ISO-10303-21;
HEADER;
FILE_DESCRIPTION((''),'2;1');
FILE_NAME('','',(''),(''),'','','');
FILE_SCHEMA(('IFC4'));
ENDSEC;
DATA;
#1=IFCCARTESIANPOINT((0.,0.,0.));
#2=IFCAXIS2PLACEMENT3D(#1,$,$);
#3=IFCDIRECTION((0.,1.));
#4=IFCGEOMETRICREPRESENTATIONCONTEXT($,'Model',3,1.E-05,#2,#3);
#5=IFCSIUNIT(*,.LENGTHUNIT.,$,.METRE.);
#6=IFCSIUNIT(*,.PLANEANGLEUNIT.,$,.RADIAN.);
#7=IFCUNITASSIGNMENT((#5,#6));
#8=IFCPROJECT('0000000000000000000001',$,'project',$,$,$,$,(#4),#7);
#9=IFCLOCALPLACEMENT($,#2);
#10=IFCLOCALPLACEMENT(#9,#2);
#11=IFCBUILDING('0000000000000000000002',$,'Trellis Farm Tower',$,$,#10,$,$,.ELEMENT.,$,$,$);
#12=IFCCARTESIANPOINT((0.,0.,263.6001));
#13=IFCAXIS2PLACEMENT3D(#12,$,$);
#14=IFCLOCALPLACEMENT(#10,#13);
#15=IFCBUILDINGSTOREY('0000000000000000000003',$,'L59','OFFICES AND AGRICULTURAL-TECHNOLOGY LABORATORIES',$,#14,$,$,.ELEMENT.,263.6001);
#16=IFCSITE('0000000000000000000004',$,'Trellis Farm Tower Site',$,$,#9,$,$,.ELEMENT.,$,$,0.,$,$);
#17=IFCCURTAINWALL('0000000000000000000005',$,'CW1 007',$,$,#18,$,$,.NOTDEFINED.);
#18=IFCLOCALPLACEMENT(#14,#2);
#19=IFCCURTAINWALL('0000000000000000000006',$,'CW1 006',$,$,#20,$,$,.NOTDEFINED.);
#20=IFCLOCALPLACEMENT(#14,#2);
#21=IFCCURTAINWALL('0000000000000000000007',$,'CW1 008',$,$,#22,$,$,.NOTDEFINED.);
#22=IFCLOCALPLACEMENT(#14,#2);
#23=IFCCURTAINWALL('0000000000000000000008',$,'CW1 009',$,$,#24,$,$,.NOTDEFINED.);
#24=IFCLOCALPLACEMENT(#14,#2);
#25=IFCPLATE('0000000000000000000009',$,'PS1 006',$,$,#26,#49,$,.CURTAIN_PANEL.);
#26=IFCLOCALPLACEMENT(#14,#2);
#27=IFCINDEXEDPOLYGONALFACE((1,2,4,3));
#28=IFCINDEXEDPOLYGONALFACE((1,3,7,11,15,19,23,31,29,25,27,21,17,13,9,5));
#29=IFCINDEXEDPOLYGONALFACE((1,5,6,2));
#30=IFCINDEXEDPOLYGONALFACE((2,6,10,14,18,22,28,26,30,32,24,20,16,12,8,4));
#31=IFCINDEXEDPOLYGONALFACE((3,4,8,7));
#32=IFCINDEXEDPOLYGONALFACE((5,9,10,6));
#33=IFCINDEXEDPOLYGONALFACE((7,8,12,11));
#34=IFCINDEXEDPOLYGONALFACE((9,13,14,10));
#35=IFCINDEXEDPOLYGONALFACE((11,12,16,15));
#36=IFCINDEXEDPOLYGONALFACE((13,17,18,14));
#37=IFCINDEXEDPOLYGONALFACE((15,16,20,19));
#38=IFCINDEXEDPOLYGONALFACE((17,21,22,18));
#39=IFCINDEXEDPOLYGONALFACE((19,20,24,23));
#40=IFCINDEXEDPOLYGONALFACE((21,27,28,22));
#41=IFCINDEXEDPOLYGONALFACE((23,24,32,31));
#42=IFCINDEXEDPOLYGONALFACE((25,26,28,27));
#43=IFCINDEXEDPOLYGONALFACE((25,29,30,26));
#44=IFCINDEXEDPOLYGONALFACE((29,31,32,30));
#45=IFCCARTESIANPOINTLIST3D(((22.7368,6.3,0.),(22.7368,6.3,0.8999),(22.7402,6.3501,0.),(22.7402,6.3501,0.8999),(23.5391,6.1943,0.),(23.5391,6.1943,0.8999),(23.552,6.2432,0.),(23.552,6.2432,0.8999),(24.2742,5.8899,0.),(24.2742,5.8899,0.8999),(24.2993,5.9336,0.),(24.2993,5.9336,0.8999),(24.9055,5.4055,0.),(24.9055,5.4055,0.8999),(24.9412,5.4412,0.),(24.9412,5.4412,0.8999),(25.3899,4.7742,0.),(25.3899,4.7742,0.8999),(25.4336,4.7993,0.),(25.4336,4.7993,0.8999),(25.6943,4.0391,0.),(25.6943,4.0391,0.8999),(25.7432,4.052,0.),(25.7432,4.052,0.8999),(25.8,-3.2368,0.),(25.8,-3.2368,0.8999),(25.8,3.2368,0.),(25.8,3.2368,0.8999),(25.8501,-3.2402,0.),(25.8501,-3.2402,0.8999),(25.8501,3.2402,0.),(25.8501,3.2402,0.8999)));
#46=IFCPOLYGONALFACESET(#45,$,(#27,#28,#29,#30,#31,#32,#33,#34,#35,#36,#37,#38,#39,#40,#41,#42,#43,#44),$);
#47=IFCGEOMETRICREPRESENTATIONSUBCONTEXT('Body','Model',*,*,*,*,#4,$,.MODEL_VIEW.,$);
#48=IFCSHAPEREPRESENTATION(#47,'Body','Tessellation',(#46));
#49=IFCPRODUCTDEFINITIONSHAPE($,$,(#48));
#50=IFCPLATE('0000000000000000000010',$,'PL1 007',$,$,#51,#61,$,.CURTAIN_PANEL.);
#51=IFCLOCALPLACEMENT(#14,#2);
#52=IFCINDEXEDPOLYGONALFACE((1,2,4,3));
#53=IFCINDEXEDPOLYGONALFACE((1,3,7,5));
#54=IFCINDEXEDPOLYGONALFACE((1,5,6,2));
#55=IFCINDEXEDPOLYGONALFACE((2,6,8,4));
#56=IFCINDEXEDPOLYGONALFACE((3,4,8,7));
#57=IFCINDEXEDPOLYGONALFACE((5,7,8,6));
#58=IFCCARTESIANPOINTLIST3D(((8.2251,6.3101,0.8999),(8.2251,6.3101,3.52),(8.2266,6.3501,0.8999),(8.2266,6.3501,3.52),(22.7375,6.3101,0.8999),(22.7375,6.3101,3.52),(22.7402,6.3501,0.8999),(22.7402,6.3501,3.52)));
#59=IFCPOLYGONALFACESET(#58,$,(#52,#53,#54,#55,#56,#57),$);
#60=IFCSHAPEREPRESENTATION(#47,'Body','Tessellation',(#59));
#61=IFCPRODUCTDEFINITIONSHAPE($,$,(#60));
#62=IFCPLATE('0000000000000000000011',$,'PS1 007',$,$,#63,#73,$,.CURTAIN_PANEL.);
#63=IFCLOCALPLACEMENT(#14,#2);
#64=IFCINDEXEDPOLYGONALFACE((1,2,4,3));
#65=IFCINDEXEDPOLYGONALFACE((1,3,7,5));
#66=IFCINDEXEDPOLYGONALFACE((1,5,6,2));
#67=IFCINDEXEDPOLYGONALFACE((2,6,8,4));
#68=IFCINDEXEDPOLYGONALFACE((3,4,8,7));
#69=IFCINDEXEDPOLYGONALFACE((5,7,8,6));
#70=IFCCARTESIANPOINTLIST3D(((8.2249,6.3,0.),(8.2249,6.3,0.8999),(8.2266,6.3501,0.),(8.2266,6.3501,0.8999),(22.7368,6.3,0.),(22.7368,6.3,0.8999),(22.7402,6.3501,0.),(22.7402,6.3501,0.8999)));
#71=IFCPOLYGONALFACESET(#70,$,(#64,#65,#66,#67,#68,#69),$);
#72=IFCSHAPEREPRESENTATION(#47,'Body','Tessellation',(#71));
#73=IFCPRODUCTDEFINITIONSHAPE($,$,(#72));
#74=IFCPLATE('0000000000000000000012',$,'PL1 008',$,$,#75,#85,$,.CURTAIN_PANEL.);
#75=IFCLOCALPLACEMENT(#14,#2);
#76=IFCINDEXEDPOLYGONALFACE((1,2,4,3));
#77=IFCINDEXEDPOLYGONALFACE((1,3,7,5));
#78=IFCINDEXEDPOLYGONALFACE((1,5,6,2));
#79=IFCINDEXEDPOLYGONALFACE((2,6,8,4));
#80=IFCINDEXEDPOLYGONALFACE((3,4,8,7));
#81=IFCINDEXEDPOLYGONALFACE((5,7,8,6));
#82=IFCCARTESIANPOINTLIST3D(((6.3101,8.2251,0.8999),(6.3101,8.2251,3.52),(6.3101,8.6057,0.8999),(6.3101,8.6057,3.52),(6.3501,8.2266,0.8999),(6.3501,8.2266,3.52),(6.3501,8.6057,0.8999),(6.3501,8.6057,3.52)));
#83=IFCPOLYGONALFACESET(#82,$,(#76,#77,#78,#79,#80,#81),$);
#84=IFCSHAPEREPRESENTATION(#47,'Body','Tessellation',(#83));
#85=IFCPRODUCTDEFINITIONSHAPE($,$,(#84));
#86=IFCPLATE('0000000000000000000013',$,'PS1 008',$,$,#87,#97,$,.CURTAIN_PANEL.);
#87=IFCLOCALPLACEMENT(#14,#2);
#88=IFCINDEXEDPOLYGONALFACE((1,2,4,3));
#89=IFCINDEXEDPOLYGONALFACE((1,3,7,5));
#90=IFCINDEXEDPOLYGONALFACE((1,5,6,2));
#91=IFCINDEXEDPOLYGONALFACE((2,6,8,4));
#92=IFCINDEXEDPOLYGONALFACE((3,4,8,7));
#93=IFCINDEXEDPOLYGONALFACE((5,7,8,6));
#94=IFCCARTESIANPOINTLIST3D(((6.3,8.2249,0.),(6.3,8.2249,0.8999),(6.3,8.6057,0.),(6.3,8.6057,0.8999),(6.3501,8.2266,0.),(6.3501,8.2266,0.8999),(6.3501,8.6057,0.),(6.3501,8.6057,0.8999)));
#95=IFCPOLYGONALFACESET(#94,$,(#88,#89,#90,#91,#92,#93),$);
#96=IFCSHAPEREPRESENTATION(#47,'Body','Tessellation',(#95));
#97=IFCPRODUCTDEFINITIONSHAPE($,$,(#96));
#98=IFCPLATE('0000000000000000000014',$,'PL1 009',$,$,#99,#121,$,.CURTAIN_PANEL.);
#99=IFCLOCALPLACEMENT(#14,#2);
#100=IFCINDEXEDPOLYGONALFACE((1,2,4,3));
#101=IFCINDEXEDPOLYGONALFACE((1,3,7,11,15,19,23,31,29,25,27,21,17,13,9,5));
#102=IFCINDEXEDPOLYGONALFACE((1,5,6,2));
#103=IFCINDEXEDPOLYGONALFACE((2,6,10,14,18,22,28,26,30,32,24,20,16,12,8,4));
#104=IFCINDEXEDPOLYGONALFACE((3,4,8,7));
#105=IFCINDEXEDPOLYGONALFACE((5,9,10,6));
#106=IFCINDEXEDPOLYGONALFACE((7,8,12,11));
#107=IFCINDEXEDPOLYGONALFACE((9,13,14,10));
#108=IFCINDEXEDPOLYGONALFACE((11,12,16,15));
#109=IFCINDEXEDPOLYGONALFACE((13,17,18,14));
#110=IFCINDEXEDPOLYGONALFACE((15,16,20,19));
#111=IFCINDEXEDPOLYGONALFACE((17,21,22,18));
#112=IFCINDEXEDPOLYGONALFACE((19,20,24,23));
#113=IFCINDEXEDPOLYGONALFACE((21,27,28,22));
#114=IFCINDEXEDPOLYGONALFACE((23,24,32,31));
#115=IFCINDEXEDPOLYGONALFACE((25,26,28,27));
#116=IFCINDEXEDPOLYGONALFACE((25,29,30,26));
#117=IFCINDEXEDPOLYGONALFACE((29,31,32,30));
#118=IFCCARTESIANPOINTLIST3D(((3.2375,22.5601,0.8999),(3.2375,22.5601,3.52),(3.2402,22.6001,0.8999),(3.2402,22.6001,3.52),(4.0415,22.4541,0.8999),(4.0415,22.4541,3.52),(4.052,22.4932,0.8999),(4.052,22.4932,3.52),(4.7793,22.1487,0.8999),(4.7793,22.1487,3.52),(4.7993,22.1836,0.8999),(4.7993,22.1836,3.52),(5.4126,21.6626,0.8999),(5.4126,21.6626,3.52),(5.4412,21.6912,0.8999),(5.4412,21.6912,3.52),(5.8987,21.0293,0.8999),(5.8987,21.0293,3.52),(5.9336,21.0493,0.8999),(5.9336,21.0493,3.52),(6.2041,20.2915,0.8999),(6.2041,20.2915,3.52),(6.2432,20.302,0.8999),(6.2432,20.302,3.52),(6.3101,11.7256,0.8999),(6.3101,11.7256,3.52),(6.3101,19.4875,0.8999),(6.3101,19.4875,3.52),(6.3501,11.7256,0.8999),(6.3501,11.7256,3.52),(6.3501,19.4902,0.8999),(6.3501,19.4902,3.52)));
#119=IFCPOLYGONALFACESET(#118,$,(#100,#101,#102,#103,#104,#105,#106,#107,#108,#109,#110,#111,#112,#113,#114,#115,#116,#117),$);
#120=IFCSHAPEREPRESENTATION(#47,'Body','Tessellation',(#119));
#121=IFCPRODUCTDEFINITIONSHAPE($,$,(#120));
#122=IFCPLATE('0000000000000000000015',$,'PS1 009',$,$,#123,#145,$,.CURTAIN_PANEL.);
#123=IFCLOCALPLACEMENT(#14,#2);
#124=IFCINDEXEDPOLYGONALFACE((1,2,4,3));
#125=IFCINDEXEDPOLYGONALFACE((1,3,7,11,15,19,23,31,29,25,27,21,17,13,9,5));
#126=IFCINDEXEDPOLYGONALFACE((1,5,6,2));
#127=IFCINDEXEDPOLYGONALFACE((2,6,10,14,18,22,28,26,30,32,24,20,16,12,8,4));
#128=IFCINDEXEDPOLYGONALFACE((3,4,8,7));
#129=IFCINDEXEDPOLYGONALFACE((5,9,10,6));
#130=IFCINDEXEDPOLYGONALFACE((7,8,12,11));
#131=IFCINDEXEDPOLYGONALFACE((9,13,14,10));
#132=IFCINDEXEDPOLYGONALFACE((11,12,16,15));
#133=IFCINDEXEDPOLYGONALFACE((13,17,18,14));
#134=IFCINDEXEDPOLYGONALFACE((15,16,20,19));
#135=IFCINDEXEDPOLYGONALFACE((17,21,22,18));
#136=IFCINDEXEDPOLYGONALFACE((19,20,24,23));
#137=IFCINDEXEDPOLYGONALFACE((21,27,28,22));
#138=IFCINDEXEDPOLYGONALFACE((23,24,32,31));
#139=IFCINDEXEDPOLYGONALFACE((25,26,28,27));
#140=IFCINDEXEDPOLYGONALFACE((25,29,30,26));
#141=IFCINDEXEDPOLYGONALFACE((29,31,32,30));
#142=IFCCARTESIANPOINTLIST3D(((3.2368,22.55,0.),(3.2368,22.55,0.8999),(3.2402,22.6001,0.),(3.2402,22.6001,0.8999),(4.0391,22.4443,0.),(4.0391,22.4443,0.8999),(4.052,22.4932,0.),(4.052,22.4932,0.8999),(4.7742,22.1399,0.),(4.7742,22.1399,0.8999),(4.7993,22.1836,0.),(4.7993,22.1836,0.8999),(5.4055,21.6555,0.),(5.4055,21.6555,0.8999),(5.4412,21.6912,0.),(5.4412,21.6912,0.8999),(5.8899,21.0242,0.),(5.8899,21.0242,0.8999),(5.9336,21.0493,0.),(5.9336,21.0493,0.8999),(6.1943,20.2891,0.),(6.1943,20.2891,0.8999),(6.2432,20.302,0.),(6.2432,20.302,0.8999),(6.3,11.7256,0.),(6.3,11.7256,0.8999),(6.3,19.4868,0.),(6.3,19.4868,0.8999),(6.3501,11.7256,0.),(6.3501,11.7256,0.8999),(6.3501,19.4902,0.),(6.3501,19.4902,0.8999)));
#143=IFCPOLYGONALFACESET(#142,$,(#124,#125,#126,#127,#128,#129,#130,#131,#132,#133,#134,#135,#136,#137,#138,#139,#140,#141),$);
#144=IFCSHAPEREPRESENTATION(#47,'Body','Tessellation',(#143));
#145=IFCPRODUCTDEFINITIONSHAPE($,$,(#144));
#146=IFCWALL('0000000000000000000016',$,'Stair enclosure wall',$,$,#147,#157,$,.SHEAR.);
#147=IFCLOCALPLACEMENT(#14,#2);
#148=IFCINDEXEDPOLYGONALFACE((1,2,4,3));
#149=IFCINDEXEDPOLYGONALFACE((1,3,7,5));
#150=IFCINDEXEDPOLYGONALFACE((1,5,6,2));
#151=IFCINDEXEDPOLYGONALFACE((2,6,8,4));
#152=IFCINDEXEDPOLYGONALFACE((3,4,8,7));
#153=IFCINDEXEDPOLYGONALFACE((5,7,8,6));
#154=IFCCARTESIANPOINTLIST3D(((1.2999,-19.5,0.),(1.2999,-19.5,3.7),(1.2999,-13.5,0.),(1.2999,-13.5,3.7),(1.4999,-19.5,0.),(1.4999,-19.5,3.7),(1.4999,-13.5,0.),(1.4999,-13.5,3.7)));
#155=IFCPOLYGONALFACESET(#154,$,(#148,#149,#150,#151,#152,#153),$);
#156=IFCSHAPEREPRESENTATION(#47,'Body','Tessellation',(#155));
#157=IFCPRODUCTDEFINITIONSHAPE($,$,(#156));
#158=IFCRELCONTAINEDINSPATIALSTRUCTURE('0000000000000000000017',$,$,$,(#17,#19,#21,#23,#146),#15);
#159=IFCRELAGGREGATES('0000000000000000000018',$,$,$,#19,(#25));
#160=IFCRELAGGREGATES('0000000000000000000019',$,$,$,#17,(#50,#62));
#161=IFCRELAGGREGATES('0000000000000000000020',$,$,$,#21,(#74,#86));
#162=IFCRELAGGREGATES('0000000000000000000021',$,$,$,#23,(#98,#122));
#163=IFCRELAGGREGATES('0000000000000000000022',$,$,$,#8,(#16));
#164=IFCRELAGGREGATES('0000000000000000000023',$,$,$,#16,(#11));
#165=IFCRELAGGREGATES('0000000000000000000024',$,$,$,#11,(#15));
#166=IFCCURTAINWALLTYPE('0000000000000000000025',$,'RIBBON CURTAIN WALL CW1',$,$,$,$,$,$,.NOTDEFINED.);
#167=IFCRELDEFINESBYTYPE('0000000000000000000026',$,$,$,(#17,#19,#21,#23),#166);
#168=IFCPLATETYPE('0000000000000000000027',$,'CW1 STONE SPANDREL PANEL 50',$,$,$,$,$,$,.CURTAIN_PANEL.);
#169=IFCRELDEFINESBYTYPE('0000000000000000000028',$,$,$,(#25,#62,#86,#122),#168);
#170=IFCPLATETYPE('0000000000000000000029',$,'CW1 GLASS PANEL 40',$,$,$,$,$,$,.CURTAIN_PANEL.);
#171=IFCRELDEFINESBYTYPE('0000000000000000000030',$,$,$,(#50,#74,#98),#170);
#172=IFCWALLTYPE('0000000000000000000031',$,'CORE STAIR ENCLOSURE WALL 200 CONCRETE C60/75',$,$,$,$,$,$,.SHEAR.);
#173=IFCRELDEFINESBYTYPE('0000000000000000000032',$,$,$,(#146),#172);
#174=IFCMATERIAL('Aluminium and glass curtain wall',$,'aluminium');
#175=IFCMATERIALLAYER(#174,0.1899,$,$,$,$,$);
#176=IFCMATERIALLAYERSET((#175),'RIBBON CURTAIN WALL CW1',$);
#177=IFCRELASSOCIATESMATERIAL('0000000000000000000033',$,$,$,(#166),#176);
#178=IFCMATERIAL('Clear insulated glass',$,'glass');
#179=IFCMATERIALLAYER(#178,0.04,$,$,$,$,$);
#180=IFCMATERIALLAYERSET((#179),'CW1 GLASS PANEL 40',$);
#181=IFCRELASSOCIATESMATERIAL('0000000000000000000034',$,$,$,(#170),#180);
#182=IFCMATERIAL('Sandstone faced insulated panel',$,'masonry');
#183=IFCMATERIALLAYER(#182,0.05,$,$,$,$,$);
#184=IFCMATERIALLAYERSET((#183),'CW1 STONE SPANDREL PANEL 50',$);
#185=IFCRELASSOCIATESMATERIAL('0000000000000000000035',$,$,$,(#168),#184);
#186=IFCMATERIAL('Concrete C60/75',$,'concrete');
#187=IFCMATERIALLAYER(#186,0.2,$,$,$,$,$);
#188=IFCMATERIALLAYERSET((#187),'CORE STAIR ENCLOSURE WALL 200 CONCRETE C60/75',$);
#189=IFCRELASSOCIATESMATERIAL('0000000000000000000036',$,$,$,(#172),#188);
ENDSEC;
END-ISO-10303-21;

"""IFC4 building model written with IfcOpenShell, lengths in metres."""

from ifc_helpers import new_model, si_unit, direction, frame, frame_2d, origin, place, context, subcontext, project, spatial, polyline, rectangle, outline, extrude, source, transform, mapped, material, layer, layer_set, type_object, element, aggregate, save


model = new_model("IFC4")

# Units and contexts
model_context = context("Model", 3, precision=1e-05, world=origin(), true_north=direction((0.0, 1.0)))
body_context = subcontext(model_context, "Body", "Model", "MODEL_VIEW")
ifc_project = project(units=[si_unit("LENGTHUNIT", "METRE"), si_unit("PLANEANGLEUNIT", "RADIAN")], contexts=[model_context])

# Site, building, storey
site_placement = place(None, origin())
site = spatial("IfcSite", under=ifc_project, at=site_placement, Name="Trellis Farm Tower Site", CompositionType="ELEMENT", RefElevation=0.0)
building_placement = place(site_placement, origin())
building = spatial("IfcBuilding", under=site, at=building_placement, Name="Trellis Farm Tower", CompositionType="ELEMENT")
storey_placement = place(building_placement, frame((0.0, 0.0, 263.6001)))
storey = spatial("IfcBuildingStorey", under=building, at=storey_placement, Name="L59", Description="OFFICES AND AGRICULTURAL-TECHNOLOGY LABORATORIES", CompositionType="ELEMENT", Elevation=263.6001)

# Curtain walls
ifc_material_1 = material(Name="Aluminium and glass curtain wall", Category="aluminium")
placement_1 = place(storey_placement, origin())
ifc_layer_1 = layer(ifc_material_1, 0.1899)
ifc_layer_set_1 = layer_set([ifc_layer_1], Name="RIBBON CURTAIN WALL CW1")
curtain_wall_type_1 = type_object("IfcCurtainWallType", Name="RIBBON CURTAIN WALL CW1", PredefinedType="NOTDEFINED", material=ifc_layer_set_1)
curtain_wall_1 = element("IfcCurtainWall", 1, at=placement_1, inside=storey, type_object=curtain_wall_type_1, Name="CW1 007", PredefinedType="NOTDEFINED")
curtain_wall_2 = element("IfcCurtainWall", 2, at=placement_1, inside=storey, type_object=curtain_wall_type_1, Name="CW1 006", PredefinedType="NOTDEFINED")
curtain_wall_3 = element("IfcCurtainWall", 3, at=placement_1, inside=storey, type_object=curtain_wall_type_1, Name="CW1 008", PredefinedType="NOTDEFINED")
curtain_wall_4 = element("IfcCurtainWall", 4, at=placement_1, inside=storey, type_object=curtain_wall_type_1, Name="CW1 009", PredefinedType="NOTDEFINED")

# Plates
ifc_material_2 = material(Name="Clear insulated glass", Category="glass")
ifc_layer_2 = layer(ifc_material_2, 0.04)
ifc_layer_set_2 = layer_set([ifc_layer_2], Name="CW1 GLASS PANEL 40")
plate_type_1 = type_object("IfcPlateType", Name="CW1 GLASS PANEL 40", PredefinedType="CURTAIN_PANEL", material=ifc_layer_set_2)
placement_2 = place(storey_placement, frame((0.0, 0.0, 0.8999)))
ifc_material_3 = material(Name="Sandstone faced insulated panel", Category="masonry")
ifc_layer_3 = layer(ifc_material_3, 0.05)
ifc_layer_set_3 = layer_set([ifc_layer_3], Name="CW1 STONE SPANDREL PANEL 50")
plate_type_2 = type_object("IfcPlateType", Name="CW1 STONE SPANDREL PANEL 50", PredefinedType="CURTAIN_PANEL", material=ifc_layer_set_3)
shared_shape_1 = source(origin(), body_context, "Body", "SweptSolid", [
    extrude(outline(polyline([(25.8501, -3.2402), (25.8501, 3.2402), (25.7432, 4.052), (25.4336, 4.7993), (24.9412, 5.4412), (24.2993, 5.9336), (23.552, 6.2432), (22.7402, 6.3501), (22.7368, 6.3), (23.5391, 6.1943), (24.2742, 5.8899), (24.9055, 5.4055), (25.3899, 4.7742), (25.6943, 4.0391), (25.8, 3.2368), (25.8, -3.2368), (25.8501, -3.2402)])), origin(), (0.0, 0.0, 1.0), 0.8999),
])
plate_1 = element("IfcPlate", 5, at=placement_1, type_object=plate_type_2, Name="PS1 006", PredefinedType="CURTAIN_PANEL", context=body_context, shape_type="MappedRepresentation", body=[
    mapped(shared_shape_1, transform((0.0, 0.0, 0.0))),
])
aggregate(curtain_wall_2, [plate_1])
shared_shape_2 = source(origin(), body_context, "Body", "SweptSolid", [
    extrude(outline(polyline([(22.7402, 6.3501), (8.2266, 6.3501), (8.2251, 6.3101), (22.7375, 6.3101), (22.7402, 6.3501)])), origin(), (0.0, 0.0, 1.0), 2.6201),
])
plate_2 = element("IfcPlate", 6, at=placement_2, type_object=plate_type_1, Name="PL1 007", PredefinedType="CURTAIN_PANEL", context=body_context, shape_type="MappedRepresentation", body=[
    mapped(shared_shape_2, transform((0.0, 0.0, 0.0))),
])
shared_shape_3 = source(origin(), body_context, "Body", "SweptSolid", [
    extrude(outline(polyline([(22.7402, 6.3501), (8.2266, 6.3501), (8.2249, 6.3), (22.7368, 6.3), (22.7402, 6.3501)])), origin(), (0.0, 0.0, 1.0), 0.8999),
])
plate_3 = element("IfcPlate", 7, at=placement_1, type_object=plate_type_2, Name="PS1 007", PredefinedType="CURTAIN_PANEL", context=body_context, shape_type="MappedRepresentation", body=[
    mapped(shared_shape_3, transform((0.0, 0.0, 0.0))),
])
aggregate(curtain_wall_1, [plate_2, plate_3])
shared_shape_4 = source(origin(), body_context, "Body", "SweptSolid", [
    extrude(outline(polyline([(6.3501, 8.2266), (6.3501, 8.6057), (6.3101, 8.6057), (6.3101, 8.2251), (6.3501, 8.2266)])), origin(), (0.0, 0.0, 1.0), 2.6201),
])
plate_4 = element("IfcPlate", 8, at=placement_2, type_object=plate_type_1, Name="PL1 008", PredefinedType="CURTAIN_PANEL", context=body_context, shape_type="MappedRepresentation", body=[
    mapped(shared_shape_4, transform((0.0, 0.0, 0.0))),
])
shared_shape_5 = source(origin(), body_context, "Body", "SweptSolid", [
    extrude(outline(polyline([(6.3501, 8.2266), (6.3501, 8.6057), (6.3, 8.6057), (6.3, 8.2249), (6.3501, 8.2266)])), origin(), (0.0, 0.0, 1.0), 0.8999),
])
plate_5 = element("IfcPlate", 9, at=placement_1, type_object=plate_type_2, Name="PS1 008", PredefinedType="CURTAIN_PANEL", context=body_context, shape_type="MappedRepresentation", body=[
    mapped(shared_shape_5, transform((0.0, 0.0, 0.0))),
])
aggregate(curtain_wall_3, [plate_4, plate_5])
shared_shape_6 = source(origin(), body_context, "Body", "SweptSolid", [
    extrude(outline(polyline([(6.3501, 11.7256), (6.3501, 19.4902), (6.2432, 20.302), (5.9336, 21.0493), (5.4412, 21.6912), (4.7993, 22.1836), (4.052, 22.4932), (3.2402, 22.6001), (3.2375, 22.5601), (4.0415, 22.4541), (4.7793, 22.1487), (5.4126, 21.6626), (5.8987, 21.0293), (6.2041, 20.2915), (6.3101, 19.4875), (6.3101, 11.7256), (6.3501, 11.7256)])), origin(), (0.0, 0.0, 1.0), 2.6201),
])
plate_6 = element("IfcPlate", 10, at=placement_2, type_object=plate_type_1, Name="PL1 009", PredefinedType="CURTAIN_PANEL", context=body_context, shape_type="MappedRepresentation", body=[
    mapped(shared_shape_6, transform((0.0, 0.0, 0.0))),
])
shared_shape_7 = source(origin(), body_context, "Body", "SweptSolid", [
    extrude(outline(polyline([(6.3501, 11.7256), (6.3501, 19.4902), (6.2432, 20.302), (5.9336, 21.0493), (5.4412, 21.6912), (4.7993, 22.1836), (4.052, 22.4932), (3.2402, 22.6001), (3.2368, 22.55), (4.0391, 22.4443), (4.7742, 22.1399), (5.4055, 21.6555), (5.8899, 21.0242), (6.1943, 20.2891), (6.3, 19.4868), (6.3, 11.7256), (6.3501, 11.7256)])), origin(), (0.0, 0.0, 1.0), 0.8999),
])
plate_7 = element("IfcPlate", 11, at=placement_1, type_object=plate_type_2, Name="PS1 009", PredefinedType="CURTAIN_PANEL", context=body_context, shape_type="MappedRepresentation", body=[
    mapped(shared_shape_7, transform((0.0, 0.0, 0.0))),
])
aggregate(curtain_wall_4, [plate_6, plate_7])

# Wall
ifc_material_4 = material(Name="Concrete C60/75", Category="concrete")
ifc_layer_4 = layer(ifc_material_4, 0.2)
ifc_layer_set_4 = layer_set([ifc_layer_4], Name="CORE STAIR ENCLOSURE WALL 200 CONCRETE C60/75")
wall_type_1 = type_object("IfcWallType", Name="CORE STAIR ENCLOSURE WALL 200 CONCRETE C60/75", PredefinedType="SHEAR", material=ifc_layer_set_4)
shared_shape_8 = source(origin(), body_context, "Body", "SweptSolid", [
    extrude(rectangle(XDim=6.0, YDim=0.2, at=frame_2d((3.0, 0.0))), origin(), (0.0, 0.0, 1.0), 3.7),
])
wall_1_placement = place(storey_placement, frame((1.3999, -13.5, 0.0), z_axis=(0.0, 0.0, 1.0), x_axis=(0.0, -1.0, 0.0)))
element("IfcWall", 12, at=wall_1_placement, inside=storey, type_object=wall_type_1, Name="Stair enclosure wall", PredefinedType="SHEAR", context=body_context, shape_type="MappedRepresentation", body=[
    mapped(shared_shape_8, transform((0.0, 0.0, 0.0))),
])

save(model, "model.ifc")
